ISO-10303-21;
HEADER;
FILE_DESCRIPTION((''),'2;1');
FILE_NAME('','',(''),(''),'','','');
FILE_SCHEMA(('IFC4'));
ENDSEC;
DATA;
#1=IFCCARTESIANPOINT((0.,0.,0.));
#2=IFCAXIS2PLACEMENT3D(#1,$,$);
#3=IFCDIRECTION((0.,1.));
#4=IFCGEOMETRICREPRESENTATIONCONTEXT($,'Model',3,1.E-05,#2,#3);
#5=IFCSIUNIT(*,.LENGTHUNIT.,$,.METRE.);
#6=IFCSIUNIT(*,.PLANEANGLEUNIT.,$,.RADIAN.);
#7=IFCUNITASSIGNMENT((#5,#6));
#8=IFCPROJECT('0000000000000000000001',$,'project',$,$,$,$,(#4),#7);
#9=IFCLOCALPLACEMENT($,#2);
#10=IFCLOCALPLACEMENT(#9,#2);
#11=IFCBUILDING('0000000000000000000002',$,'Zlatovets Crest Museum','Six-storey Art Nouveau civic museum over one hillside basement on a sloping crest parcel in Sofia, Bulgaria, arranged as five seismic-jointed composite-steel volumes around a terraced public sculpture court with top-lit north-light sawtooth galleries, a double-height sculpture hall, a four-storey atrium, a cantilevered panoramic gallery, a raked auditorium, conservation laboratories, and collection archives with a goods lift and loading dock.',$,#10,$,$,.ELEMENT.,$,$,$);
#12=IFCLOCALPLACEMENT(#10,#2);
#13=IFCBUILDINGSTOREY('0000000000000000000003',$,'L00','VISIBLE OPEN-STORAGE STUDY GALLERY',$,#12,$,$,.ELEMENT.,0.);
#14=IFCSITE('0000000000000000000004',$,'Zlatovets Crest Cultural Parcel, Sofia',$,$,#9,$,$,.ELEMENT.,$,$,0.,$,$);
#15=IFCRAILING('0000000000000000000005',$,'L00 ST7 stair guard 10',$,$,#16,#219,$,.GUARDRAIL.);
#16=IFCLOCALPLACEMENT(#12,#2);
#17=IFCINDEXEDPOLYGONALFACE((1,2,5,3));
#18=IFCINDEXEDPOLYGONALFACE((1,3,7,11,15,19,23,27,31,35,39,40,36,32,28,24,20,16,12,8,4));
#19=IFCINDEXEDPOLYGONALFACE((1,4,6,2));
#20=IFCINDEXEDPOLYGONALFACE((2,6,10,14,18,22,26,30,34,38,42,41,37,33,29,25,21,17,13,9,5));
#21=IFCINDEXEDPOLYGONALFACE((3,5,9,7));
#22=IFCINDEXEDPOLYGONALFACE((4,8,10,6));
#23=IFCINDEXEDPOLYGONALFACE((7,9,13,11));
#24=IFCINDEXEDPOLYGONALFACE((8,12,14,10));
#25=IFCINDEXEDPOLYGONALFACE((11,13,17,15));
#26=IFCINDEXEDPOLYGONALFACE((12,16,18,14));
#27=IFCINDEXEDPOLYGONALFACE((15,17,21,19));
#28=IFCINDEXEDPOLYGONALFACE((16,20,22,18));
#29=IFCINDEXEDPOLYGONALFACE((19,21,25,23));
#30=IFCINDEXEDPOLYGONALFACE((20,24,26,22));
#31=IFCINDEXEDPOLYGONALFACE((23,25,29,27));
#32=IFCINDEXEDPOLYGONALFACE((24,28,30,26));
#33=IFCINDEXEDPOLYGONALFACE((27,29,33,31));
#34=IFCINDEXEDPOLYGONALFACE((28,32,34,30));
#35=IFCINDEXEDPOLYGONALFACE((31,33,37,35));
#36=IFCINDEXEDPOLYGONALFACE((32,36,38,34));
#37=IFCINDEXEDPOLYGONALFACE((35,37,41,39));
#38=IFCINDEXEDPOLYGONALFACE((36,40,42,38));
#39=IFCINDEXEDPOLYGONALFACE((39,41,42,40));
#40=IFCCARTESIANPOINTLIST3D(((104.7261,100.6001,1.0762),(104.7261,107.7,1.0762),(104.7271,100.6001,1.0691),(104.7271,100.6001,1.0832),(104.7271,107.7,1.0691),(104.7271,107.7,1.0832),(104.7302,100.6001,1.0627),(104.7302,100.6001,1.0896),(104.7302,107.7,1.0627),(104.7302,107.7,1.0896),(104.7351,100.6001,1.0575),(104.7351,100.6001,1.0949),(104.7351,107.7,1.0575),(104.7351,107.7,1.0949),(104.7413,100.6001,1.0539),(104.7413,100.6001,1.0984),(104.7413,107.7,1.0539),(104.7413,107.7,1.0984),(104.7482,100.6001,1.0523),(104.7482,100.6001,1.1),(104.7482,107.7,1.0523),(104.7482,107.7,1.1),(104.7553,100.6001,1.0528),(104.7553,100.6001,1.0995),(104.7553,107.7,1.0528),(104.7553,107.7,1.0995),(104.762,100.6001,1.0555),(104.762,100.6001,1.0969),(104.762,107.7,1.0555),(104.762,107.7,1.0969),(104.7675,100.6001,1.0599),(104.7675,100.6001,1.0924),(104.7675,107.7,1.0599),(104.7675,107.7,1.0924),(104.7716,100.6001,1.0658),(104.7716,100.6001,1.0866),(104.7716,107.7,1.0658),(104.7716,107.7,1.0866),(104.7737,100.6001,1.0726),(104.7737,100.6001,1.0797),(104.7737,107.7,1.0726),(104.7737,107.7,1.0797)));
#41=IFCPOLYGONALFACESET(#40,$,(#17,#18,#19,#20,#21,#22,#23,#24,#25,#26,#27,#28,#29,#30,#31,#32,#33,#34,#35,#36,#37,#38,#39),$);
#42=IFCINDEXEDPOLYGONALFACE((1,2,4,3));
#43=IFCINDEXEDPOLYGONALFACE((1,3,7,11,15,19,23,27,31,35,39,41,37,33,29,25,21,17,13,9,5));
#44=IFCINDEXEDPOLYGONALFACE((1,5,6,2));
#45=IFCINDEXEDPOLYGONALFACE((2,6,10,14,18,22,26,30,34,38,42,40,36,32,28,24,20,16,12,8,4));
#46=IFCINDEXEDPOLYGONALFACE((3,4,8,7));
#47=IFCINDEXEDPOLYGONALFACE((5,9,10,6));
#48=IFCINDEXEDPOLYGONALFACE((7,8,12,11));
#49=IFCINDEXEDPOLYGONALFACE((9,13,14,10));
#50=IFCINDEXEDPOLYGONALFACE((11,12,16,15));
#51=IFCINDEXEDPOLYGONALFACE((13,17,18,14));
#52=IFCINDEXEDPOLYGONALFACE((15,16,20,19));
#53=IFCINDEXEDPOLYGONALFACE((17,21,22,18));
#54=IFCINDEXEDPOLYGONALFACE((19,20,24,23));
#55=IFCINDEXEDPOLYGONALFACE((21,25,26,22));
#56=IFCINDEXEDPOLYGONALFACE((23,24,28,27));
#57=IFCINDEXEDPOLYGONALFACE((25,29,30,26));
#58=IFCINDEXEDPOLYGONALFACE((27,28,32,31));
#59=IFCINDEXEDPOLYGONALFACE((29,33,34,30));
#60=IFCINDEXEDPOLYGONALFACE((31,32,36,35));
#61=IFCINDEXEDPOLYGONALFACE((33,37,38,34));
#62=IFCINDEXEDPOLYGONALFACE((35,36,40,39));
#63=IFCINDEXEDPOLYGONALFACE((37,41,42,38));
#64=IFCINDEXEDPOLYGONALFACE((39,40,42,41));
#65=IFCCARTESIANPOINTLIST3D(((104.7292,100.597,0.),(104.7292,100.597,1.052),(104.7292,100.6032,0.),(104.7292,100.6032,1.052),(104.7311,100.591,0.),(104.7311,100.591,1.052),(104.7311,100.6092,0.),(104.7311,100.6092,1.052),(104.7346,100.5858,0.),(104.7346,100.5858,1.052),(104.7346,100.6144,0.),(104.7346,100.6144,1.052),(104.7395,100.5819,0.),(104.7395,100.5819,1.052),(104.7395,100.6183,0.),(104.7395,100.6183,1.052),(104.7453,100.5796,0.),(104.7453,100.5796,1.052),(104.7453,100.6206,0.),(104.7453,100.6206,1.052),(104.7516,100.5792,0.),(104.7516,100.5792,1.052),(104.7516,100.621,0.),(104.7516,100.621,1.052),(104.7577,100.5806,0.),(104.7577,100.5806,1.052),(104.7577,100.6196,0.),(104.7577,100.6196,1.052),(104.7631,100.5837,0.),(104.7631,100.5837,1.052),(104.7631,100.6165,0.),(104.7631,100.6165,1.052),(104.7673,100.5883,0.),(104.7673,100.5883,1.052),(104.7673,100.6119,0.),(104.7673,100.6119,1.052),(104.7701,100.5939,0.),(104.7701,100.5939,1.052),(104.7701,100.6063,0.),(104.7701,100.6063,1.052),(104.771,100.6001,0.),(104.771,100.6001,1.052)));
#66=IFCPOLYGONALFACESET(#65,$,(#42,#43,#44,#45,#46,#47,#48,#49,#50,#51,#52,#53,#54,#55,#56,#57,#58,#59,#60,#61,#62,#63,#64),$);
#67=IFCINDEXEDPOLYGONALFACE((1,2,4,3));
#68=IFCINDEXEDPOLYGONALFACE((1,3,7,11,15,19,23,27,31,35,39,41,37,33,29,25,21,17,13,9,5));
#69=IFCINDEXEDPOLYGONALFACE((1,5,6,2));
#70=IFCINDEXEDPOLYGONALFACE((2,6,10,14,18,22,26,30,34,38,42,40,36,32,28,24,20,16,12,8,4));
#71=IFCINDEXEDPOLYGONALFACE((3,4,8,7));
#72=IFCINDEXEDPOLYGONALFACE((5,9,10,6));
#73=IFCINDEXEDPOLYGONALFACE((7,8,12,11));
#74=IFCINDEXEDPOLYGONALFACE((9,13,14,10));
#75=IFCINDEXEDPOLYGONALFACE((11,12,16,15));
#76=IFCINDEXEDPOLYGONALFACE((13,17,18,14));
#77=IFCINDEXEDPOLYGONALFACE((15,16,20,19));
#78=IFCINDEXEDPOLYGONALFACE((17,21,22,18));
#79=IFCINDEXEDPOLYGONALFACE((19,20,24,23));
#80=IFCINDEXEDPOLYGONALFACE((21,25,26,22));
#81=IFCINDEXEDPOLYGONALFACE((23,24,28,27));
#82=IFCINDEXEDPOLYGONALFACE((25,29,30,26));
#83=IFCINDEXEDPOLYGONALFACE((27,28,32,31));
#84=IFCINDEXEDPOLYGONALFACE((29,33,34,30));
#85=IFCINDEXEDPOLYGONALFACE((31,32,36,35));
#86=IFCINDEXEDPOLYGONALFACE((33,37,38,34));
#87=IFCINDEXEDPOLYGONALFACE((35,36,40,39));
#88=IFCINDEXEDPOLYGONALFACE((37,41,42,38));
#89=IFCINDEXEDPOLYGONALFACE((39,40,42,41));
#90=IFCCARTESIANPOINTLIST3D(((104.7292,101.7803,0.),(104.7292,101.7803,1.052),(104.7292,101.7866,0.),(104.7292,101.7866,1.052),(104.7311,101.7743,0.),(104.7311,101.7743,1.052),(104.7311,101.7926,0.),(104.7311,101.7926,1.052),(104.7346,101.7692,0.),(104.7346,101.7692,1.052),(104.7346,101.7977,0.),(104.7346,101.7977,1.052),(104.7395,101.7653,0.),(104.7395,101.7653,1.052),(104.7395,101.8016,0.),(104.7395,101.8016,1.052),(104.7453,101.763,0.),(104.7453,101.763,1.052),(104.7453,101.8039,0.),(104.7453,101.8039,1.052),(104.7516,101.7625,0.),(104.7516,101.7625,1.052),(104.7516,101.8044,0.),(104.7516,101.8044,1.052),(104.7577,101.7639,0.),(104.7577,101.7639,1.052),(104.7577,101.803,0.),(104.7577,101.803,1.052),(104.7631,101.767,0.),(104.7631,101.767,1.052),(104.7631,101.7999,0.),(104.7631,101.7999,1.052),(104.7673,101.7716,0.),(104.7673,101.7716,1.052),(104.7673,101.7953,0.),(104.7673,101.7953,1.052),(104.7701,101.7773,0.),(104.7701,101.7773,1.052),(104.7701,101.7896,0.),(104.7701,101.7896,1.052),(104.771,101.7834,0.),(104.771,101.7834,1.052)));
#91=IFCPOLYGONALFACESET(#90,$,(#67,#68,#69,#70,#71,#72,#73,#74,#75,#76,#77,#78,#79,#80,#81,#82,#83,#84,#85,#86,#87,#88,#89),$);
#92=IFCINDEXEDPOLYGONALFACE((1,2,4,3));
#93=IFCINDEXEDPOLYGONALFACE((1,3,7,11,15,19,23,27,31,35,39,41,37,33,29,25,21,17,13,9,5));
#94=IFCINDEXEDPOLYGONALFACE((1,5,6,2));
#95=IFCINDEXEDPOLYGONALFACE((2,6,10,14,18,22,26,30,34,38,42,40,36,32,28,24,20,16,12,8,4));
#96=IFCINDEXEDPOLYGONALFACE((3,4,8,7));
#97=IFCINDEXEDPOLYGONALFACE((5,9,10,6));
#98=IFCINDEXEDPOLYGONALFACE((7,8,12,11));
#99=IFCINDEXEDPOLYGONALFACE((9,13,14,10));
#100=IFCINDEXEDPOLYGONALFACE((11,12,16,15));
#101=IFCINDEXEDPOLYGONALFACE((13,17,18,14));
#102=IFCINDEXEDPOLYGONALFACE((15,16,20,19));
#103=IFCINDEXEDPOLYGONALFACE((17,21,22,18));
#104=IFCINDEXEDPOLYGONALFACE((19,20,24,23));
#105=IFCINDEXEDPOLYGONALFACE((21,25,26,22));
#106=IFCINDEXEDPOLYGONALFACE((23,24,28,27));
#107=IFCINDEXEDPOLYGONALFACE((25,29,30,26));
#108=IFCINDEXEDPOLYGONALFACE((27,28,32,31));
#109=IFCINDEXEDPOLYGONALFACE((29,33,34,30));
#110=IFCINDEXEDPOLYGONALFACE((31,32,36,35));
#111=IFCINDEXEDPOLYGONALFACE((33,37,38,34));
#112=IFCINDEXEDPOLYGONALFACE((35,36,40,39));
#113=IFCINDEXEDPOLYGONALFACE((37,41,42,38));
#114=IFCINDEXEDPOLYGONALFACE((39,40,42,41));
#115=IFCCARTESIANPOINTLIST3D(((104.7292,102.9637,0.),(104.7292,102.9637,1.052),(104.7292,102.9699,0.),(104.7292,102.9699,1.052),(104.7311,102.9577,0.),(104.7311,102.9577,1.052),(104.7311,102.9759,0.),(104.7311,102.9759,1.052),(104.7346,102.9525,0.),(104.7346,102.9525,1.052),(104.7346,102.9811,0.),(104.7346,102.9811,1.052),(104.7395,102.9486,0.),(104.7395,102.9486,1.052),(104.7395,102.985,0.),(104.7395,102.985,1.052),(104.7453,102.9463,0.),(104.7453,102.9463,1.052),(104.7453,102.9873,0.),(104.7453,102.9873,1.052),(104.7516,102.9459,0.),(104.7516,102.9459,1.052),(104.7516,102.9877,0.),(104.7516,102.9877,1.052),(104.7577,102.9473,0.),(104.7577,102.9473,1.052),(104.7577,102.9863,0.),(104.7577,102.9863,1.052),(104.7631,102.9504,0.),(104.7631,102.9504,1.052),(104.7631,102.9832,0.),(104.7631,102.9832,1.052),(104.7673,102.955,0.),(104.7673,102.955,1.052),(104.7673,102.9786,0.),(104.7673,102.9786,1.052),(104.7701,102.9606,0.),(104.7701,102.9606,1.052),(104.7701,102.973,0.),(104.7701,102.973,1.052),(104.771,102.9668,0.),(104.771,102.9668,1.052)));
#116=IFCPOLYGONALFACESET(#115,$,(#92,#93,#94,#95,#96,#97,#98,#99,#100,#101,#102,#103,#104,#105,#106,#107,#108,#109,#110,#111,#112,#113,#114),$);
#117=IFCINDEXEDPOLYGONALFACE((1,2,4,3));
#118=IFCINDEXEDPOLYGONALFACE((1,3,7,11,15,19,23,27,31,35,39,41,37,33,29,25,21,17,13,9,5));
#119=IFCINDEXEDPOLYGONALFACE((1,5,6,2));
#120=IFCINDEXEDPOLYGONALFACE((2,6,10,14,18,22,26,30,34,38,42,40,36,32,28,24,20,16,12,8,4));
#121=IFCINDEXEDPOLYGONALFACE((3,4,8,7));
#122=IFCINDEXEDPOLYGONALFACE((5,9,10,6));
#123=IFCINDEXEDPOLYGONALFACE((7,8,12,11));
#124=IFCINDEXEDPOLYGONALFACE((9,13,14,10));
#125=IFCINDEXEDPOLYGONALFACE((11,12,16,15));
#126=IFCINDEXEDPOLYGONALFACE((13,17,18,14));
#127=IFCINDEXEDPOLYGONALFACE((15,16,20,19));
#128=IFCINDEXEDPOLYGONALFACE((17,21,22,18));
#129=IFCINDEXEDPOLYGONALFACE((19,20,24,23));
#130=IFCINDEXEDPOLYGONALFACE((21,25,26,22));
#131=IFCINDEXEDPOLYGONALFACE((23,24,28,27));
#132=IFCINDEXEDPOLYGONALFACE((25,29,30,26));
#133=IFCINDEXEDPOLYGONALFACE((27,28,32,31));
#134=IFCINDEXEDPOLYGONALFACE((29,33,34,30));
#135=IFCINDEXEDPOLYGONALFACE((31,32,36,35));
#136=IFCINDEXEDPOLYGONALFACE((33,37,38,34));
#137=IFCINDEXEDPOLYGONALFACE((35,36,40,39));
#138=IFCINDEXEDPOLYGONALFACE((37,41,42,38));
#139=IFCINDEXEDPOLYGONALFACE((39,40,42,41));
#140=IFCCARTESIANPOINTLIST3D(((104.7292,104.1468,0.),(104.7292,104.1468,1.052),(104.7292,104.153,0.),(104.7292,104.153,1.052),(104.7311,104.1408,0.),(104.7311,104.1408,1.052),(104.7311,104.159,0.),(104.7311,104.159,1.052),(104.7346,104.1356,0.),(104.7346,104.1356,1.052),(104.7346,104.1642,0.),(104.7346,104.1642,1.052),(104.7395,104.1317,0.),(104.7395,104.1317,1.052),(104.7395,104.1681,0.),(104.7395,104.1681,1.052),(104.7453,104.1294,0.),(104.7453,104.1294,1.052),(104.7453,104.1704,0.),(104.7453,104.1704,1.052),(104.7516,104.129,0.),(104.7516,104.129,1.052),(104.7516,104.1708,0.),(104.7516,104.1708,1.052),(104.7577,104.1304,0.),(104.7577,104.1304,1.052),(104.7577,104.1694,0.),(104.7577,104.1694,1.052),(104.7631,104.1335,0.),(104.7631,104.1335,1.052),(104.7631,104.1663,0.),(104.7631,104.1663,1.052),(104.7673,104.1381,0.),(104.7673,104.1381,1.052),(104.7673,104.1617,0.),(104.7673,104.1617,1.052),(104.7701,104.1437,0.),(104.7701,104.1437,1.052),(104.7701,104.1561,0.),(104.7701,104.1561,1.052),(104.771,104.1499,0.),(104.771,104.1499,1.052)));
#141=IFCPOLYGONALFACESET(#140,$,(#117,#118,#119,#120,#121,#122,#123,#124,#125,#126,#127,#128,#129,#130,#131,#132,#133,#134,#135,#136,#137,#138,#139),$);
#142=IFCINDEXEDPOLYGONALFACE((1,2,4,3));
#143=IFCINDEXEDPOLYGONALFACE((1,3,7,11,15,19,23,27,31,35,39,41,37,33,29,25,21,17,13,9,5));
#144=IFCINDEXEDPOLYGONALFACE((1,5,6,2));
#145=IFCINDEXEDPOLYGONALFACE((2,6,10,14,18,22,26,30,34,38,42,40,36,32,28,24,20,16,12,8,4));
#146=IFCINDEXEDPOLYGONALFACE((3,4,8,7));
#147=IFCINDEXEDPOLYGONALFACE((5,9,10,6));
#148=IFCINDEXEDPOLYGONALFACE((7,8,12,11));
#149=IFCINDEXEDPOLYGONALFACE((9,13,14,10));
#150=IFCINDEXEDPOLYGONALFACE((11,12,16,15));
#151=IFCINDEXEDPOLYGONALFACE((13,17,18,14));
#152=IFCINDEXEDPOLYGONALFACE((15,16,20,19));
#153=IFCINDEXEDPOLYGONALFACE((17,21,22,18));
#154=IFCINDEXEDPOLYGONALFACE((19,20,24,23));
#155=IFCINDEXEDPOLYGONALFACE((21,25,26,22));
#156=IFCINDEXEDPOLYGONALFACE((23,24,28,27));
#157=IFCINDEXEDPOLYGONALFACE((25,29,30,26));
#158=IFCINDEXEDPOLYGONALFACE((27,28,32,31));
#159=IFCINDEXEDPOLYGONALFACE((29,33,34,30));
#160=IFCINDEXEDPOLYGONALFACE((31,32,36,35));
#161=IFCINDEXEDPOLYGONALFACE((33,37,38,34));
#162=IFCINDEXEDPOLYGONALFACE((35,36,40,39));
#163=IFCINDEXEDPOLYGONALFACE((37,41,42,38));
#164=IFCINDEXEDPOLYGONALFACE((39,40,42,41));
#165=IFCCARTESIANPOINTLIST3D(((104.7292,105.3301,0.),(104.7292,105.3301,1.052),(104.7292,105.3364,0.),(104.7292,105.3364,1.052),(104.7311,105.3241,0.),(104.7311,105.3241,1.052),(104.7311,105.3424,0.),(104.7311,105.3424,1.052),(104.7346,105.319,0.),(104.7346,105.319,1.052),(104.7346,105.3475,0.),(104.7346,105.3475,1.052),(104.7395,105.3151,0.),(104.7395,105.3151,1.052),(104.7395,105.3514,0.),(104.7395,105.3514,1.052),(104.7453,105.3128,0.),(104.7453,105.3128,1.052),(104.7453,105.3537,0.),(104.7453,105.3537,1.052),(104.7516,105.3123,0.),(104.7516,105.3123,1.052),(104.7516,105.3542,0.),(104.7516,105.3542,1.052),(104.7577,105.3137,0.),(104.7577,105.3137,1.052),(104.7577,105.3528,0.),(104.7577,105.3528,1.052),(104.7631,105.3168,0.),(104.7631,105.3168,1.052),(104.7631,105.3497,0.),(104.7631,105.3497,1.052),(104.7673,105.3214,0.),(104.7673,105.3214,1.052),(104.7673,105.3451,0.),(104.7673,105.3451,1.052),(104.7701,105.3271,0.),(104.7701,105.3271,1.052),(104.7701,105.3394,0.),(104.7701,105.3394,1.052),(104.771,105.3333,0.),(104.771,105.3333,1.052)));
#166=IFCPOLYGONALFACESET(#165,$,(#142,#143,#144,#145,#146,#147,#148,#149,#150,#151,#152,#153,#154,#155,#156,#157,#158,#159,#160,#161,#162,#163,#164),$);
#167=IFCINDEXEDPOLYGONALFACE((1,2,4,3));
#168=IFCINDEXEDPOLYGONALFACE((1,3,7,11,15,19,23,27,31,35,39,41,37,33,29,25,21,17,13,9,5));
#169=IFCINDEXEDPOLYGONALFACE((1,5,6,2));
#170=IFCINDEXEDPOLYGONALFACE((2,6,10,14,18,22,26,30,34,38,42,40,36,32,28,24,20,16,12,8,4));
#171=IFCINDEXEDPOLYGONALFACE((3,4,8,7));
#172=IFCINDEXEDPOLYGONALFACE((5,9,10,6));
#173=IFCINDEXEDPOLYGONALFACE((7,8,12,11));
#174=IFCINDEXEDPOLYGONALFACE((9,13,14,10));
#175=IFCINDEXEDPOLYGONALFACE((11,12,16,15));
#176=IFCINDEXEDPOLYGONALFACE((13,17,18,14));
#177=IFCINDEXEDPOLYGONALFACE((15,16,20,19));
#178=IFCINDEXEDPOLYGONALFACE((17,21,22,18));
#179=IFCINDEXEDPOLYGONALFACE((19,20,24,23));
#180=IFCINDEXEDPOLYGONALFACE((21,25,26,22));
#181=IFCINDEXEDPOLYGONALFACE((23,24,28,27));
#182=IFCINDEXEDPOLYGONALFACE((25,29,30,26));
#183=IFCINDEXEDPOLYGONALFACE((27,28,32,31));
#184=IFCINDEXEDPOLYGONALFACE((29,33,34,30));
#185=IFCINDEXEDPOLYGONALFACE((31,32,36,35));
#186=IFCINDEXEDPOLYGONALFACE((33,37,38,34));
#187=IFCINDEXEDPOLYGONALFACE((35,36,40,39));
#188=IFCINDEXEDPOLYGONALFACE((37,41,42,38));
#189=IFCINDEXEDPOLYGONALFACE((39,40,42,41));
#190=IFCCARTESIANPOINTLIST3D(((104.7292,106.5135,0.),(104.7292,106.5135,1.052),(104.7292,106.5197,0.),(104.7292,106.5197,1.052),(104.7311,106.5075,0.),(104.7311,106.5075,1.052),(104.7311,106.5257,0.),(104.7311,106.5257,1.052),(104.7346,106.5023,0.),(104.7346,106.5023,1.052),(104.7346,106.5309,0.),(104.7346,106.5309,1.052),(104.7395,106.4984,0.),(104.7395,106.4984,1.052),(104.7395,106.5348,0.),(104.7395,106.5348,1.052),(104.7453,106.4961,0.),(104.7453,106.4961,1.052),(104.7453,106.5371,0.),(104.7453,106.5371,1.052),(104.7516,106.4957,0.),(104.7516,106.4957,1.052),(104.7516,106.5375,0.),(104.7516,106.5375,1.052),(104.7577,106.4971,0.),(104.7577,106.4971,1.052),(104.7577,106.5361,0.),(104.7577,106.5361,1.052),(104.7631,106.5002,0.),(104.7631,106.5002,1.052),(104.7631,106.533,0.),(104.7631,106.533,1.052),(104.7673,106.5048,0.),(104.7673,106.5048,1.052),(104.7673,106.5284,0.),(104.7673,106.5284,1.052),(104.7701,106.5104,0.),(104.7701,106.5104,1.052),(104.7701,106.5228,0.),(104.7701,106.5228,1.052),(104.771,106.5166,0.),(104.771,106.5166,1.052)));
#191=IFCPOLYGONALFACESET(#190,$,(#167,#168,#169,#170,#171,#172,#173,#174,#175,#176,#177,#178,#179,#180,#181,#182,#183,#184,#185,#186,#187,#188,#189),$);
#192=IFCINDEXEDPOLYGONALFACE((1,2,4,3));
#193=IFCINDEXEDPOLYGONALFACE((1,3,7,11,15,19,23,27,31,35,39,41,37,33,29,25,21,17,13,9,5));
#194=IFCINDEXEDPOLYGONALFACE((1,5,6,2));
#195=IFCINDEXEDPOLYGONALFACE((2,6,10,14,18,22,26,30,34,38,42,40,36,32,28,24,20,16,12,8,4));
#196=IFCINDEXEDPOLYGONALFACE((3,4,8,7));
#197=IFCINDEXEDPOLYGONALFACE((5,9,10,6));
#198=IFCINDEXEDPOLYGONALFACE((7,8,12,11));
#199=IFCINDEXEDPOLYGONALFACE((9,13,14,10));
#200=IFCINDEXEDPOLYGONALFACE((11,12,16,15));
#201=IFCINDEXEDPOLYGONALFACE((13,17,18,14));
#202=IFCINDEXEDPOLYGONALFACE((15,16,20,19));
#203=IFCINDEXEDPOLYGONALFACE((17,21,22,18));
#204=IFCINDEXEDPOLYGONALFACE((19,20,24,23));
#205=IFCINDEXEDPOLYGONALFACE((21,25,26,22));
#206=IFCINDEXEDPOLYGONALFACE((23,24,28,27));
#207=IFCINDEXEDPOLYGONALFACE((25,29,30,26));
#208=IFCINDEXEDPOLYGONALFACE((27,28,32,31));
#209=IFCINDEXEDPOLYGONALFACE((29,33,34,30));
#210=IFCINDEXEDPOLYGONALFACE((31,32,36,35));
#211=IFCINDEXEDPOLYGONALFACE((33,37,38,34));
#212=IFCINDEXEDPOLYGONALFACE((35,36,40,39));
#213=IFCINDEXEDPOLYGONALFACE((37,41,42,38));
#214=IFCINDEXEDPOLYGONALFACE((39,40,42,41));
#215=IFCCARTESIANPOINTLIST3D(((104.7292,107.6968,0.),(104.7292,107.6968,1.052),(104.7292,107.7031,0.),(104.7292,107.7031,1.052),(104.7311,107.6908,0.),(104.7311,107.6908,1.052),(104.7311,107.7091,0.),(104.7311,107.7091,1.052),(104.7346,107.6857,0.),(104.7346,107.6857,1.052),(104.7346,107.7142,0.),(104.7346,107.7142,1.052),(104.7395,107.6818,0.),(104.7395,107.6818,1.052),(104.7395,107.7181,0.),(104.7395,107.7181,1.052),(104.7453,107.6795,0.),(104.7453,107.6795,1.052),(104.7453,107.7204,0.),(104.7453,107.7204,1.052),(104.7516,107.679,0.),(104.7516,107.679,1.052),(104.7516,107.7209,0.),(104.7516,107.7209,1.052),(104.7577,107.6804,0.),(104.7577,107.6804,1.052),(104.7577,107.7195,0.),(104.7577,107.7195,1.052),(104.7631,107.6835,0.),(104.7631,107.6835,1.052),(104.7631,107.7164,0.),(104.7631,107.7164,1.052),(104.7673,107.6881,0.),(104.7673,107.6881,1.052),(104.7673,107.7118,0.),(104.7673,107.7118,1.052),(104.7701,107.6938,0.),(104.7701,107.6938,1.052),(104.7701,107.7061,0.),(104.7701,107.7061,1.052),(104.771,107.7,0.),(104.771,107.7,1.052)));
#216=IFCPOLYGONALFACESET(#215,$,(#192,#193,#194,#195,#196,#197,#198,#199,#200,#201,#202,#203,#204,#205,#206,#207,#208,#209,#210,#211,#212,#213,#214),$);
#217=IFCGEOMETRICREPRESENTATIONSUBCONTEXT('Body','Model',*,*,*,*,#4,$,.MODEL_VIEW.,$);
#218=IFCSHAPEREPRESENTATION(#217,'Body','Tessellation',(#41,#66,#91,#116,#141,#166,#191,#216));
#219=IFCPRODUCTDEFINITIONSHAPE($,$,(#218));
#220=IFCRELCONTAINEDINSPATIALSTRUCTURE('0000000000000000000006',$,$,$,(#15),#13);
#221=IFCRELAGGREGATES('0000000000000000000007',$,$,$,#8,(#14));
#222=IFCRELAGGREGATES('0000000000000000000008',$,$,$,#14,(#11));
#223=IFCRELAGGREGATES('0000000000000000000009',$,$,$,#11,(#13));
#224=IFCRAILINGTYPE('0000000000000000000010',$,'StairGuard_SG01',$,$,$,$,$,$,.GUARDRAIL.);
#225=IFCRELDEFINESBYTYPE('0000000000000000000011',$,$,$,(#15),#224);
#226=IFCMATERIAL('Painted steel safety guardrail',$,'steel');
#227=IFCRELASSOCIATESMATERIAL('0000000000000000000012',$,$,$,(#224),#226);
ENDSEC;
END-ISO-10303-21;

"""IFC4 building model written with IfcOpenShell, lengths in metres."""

from ifc_helpers import new_model, si_unit, direction, frame, origin, origin_2d, place, context, subcontext, project, spatial, circle, extrude, material, type_object, element, save


model = new_model("IFC4")

# Units and contexts
model_context = context("Model", 3, precision=1e-05, world=origin(), true_north=direction((0.0, 1.0)))
body_context = subcontext(model_context, "Body", "Model", "MODEL_VIEW")
ifc_project = project(units=[si_unit("LENGTHUNIT", "METRE"), si_unit("PLANEANGLEUNIT", "RADIAN")], contexts=[model_context])

# Site, building, storey
site_placement = place(None, origin())
site = spatial("IfcSite", under=ifc_project, at=site_placement, Name="Zlatovets Crest Cultural Parcel, Sofia", CompositionType="ELEMENT", RefElevation=0.0)
building_placement = place(site_placement, origin())
building = spatial("IfcBuilding", under=site, at=building_placement, Name="Zlatovets Crest Museum", Description="Six-storey Art Nouveau civic museum over one hillside basement on a sloping crest parcel in Sofia, Bulgaria, arranged as five seismic-jointed composite-steel volumes around a terraced public sculpture court with top-lit north-light sawtooth galleries, a double-height sculpture hall, a four-storey atrium, a cantilevered panoramic gallery, a raked auditorium, conservation laboratories, and collection archives with a goods lift and loading dock.", CompositionType="ELEMENT")
storey_placement = place(building_placement, origin())
storey = spatial("IfcBuildingStorey", under=building, at=storey_placement, Name="L00", Description="VISIBLE OPEN-STORAGE STUDY GALLERY", CompositionType="ELEMENT", Elevation=0.0)

# Railing
ifc_material_1 = material(Name="Painted steel safety guardrail", Category="steel")
railing_type_1 = type_object("IfcRailingType", Name="StairGuard_SG01", PredefinedType="GUARDRAIL", material=ifc_material_1)
for number, where, name in (
    (1, (104.75, 100.6001, 0.0), "L00 ST7 stair guard 10"),
):
    element("IfcRailing", number, at=place(storey_placement, frame(where)), inside=storey, type_object=railing_type_1, Name=name, PredefinedType="GUARDRAIL", context=body_context, shape_type="SweptSolid", body=[
        extrude(circle(Radius=0.0239, at=origin_2d()), frame((0.0, 0.0, 1.0762), z_axis=(0.0, 1.0, 0.0), x_axis=(-1.0, 0.0, 0.0)), (0.0, 0.0, 1.0), 7.0999),
        extrude(circle(Radius=0.021, at=origin_2d()), origin(), (0.0, 0.0, 1.0), 1.052),
        extrude(circle(Radius=0.021, at=origin_2d()), frame((0.0, 1.1833, 0.0)), (0.0, 0.0, 1.0), 1.052),
        extrude(circle(Radius=0.021, at=origin_2d()), frame((0.0, 2.3667, 0.0)), (0.0, 0.0, 1.0), 1.052),
        extrude(circle(Radius=0.021, at=origin_2d()), frame((0.0, 3.5498, 0.0)), (0.0, 0.0, 1.0), 1.052),
        extrude(circle(Radius=0.021, at=origin_2d()), frame((0.0, 4.7332, 0.0)), (0.0, 0.0, 1.0), 1.052),
        extrude(circle(Radius=0.021, at=origin_2d()), frame((0.0, 5.9165, 0.0)), (0.0, 0.0, 1.0), 1.052),
        extrude(circle(Radius=0.021, at=origin_2d()), frame((0.0, 7.0999, 0.0)), (0.0, 0.0, 1.0), 1.052),
    ])

save(model, "model.ifc")
